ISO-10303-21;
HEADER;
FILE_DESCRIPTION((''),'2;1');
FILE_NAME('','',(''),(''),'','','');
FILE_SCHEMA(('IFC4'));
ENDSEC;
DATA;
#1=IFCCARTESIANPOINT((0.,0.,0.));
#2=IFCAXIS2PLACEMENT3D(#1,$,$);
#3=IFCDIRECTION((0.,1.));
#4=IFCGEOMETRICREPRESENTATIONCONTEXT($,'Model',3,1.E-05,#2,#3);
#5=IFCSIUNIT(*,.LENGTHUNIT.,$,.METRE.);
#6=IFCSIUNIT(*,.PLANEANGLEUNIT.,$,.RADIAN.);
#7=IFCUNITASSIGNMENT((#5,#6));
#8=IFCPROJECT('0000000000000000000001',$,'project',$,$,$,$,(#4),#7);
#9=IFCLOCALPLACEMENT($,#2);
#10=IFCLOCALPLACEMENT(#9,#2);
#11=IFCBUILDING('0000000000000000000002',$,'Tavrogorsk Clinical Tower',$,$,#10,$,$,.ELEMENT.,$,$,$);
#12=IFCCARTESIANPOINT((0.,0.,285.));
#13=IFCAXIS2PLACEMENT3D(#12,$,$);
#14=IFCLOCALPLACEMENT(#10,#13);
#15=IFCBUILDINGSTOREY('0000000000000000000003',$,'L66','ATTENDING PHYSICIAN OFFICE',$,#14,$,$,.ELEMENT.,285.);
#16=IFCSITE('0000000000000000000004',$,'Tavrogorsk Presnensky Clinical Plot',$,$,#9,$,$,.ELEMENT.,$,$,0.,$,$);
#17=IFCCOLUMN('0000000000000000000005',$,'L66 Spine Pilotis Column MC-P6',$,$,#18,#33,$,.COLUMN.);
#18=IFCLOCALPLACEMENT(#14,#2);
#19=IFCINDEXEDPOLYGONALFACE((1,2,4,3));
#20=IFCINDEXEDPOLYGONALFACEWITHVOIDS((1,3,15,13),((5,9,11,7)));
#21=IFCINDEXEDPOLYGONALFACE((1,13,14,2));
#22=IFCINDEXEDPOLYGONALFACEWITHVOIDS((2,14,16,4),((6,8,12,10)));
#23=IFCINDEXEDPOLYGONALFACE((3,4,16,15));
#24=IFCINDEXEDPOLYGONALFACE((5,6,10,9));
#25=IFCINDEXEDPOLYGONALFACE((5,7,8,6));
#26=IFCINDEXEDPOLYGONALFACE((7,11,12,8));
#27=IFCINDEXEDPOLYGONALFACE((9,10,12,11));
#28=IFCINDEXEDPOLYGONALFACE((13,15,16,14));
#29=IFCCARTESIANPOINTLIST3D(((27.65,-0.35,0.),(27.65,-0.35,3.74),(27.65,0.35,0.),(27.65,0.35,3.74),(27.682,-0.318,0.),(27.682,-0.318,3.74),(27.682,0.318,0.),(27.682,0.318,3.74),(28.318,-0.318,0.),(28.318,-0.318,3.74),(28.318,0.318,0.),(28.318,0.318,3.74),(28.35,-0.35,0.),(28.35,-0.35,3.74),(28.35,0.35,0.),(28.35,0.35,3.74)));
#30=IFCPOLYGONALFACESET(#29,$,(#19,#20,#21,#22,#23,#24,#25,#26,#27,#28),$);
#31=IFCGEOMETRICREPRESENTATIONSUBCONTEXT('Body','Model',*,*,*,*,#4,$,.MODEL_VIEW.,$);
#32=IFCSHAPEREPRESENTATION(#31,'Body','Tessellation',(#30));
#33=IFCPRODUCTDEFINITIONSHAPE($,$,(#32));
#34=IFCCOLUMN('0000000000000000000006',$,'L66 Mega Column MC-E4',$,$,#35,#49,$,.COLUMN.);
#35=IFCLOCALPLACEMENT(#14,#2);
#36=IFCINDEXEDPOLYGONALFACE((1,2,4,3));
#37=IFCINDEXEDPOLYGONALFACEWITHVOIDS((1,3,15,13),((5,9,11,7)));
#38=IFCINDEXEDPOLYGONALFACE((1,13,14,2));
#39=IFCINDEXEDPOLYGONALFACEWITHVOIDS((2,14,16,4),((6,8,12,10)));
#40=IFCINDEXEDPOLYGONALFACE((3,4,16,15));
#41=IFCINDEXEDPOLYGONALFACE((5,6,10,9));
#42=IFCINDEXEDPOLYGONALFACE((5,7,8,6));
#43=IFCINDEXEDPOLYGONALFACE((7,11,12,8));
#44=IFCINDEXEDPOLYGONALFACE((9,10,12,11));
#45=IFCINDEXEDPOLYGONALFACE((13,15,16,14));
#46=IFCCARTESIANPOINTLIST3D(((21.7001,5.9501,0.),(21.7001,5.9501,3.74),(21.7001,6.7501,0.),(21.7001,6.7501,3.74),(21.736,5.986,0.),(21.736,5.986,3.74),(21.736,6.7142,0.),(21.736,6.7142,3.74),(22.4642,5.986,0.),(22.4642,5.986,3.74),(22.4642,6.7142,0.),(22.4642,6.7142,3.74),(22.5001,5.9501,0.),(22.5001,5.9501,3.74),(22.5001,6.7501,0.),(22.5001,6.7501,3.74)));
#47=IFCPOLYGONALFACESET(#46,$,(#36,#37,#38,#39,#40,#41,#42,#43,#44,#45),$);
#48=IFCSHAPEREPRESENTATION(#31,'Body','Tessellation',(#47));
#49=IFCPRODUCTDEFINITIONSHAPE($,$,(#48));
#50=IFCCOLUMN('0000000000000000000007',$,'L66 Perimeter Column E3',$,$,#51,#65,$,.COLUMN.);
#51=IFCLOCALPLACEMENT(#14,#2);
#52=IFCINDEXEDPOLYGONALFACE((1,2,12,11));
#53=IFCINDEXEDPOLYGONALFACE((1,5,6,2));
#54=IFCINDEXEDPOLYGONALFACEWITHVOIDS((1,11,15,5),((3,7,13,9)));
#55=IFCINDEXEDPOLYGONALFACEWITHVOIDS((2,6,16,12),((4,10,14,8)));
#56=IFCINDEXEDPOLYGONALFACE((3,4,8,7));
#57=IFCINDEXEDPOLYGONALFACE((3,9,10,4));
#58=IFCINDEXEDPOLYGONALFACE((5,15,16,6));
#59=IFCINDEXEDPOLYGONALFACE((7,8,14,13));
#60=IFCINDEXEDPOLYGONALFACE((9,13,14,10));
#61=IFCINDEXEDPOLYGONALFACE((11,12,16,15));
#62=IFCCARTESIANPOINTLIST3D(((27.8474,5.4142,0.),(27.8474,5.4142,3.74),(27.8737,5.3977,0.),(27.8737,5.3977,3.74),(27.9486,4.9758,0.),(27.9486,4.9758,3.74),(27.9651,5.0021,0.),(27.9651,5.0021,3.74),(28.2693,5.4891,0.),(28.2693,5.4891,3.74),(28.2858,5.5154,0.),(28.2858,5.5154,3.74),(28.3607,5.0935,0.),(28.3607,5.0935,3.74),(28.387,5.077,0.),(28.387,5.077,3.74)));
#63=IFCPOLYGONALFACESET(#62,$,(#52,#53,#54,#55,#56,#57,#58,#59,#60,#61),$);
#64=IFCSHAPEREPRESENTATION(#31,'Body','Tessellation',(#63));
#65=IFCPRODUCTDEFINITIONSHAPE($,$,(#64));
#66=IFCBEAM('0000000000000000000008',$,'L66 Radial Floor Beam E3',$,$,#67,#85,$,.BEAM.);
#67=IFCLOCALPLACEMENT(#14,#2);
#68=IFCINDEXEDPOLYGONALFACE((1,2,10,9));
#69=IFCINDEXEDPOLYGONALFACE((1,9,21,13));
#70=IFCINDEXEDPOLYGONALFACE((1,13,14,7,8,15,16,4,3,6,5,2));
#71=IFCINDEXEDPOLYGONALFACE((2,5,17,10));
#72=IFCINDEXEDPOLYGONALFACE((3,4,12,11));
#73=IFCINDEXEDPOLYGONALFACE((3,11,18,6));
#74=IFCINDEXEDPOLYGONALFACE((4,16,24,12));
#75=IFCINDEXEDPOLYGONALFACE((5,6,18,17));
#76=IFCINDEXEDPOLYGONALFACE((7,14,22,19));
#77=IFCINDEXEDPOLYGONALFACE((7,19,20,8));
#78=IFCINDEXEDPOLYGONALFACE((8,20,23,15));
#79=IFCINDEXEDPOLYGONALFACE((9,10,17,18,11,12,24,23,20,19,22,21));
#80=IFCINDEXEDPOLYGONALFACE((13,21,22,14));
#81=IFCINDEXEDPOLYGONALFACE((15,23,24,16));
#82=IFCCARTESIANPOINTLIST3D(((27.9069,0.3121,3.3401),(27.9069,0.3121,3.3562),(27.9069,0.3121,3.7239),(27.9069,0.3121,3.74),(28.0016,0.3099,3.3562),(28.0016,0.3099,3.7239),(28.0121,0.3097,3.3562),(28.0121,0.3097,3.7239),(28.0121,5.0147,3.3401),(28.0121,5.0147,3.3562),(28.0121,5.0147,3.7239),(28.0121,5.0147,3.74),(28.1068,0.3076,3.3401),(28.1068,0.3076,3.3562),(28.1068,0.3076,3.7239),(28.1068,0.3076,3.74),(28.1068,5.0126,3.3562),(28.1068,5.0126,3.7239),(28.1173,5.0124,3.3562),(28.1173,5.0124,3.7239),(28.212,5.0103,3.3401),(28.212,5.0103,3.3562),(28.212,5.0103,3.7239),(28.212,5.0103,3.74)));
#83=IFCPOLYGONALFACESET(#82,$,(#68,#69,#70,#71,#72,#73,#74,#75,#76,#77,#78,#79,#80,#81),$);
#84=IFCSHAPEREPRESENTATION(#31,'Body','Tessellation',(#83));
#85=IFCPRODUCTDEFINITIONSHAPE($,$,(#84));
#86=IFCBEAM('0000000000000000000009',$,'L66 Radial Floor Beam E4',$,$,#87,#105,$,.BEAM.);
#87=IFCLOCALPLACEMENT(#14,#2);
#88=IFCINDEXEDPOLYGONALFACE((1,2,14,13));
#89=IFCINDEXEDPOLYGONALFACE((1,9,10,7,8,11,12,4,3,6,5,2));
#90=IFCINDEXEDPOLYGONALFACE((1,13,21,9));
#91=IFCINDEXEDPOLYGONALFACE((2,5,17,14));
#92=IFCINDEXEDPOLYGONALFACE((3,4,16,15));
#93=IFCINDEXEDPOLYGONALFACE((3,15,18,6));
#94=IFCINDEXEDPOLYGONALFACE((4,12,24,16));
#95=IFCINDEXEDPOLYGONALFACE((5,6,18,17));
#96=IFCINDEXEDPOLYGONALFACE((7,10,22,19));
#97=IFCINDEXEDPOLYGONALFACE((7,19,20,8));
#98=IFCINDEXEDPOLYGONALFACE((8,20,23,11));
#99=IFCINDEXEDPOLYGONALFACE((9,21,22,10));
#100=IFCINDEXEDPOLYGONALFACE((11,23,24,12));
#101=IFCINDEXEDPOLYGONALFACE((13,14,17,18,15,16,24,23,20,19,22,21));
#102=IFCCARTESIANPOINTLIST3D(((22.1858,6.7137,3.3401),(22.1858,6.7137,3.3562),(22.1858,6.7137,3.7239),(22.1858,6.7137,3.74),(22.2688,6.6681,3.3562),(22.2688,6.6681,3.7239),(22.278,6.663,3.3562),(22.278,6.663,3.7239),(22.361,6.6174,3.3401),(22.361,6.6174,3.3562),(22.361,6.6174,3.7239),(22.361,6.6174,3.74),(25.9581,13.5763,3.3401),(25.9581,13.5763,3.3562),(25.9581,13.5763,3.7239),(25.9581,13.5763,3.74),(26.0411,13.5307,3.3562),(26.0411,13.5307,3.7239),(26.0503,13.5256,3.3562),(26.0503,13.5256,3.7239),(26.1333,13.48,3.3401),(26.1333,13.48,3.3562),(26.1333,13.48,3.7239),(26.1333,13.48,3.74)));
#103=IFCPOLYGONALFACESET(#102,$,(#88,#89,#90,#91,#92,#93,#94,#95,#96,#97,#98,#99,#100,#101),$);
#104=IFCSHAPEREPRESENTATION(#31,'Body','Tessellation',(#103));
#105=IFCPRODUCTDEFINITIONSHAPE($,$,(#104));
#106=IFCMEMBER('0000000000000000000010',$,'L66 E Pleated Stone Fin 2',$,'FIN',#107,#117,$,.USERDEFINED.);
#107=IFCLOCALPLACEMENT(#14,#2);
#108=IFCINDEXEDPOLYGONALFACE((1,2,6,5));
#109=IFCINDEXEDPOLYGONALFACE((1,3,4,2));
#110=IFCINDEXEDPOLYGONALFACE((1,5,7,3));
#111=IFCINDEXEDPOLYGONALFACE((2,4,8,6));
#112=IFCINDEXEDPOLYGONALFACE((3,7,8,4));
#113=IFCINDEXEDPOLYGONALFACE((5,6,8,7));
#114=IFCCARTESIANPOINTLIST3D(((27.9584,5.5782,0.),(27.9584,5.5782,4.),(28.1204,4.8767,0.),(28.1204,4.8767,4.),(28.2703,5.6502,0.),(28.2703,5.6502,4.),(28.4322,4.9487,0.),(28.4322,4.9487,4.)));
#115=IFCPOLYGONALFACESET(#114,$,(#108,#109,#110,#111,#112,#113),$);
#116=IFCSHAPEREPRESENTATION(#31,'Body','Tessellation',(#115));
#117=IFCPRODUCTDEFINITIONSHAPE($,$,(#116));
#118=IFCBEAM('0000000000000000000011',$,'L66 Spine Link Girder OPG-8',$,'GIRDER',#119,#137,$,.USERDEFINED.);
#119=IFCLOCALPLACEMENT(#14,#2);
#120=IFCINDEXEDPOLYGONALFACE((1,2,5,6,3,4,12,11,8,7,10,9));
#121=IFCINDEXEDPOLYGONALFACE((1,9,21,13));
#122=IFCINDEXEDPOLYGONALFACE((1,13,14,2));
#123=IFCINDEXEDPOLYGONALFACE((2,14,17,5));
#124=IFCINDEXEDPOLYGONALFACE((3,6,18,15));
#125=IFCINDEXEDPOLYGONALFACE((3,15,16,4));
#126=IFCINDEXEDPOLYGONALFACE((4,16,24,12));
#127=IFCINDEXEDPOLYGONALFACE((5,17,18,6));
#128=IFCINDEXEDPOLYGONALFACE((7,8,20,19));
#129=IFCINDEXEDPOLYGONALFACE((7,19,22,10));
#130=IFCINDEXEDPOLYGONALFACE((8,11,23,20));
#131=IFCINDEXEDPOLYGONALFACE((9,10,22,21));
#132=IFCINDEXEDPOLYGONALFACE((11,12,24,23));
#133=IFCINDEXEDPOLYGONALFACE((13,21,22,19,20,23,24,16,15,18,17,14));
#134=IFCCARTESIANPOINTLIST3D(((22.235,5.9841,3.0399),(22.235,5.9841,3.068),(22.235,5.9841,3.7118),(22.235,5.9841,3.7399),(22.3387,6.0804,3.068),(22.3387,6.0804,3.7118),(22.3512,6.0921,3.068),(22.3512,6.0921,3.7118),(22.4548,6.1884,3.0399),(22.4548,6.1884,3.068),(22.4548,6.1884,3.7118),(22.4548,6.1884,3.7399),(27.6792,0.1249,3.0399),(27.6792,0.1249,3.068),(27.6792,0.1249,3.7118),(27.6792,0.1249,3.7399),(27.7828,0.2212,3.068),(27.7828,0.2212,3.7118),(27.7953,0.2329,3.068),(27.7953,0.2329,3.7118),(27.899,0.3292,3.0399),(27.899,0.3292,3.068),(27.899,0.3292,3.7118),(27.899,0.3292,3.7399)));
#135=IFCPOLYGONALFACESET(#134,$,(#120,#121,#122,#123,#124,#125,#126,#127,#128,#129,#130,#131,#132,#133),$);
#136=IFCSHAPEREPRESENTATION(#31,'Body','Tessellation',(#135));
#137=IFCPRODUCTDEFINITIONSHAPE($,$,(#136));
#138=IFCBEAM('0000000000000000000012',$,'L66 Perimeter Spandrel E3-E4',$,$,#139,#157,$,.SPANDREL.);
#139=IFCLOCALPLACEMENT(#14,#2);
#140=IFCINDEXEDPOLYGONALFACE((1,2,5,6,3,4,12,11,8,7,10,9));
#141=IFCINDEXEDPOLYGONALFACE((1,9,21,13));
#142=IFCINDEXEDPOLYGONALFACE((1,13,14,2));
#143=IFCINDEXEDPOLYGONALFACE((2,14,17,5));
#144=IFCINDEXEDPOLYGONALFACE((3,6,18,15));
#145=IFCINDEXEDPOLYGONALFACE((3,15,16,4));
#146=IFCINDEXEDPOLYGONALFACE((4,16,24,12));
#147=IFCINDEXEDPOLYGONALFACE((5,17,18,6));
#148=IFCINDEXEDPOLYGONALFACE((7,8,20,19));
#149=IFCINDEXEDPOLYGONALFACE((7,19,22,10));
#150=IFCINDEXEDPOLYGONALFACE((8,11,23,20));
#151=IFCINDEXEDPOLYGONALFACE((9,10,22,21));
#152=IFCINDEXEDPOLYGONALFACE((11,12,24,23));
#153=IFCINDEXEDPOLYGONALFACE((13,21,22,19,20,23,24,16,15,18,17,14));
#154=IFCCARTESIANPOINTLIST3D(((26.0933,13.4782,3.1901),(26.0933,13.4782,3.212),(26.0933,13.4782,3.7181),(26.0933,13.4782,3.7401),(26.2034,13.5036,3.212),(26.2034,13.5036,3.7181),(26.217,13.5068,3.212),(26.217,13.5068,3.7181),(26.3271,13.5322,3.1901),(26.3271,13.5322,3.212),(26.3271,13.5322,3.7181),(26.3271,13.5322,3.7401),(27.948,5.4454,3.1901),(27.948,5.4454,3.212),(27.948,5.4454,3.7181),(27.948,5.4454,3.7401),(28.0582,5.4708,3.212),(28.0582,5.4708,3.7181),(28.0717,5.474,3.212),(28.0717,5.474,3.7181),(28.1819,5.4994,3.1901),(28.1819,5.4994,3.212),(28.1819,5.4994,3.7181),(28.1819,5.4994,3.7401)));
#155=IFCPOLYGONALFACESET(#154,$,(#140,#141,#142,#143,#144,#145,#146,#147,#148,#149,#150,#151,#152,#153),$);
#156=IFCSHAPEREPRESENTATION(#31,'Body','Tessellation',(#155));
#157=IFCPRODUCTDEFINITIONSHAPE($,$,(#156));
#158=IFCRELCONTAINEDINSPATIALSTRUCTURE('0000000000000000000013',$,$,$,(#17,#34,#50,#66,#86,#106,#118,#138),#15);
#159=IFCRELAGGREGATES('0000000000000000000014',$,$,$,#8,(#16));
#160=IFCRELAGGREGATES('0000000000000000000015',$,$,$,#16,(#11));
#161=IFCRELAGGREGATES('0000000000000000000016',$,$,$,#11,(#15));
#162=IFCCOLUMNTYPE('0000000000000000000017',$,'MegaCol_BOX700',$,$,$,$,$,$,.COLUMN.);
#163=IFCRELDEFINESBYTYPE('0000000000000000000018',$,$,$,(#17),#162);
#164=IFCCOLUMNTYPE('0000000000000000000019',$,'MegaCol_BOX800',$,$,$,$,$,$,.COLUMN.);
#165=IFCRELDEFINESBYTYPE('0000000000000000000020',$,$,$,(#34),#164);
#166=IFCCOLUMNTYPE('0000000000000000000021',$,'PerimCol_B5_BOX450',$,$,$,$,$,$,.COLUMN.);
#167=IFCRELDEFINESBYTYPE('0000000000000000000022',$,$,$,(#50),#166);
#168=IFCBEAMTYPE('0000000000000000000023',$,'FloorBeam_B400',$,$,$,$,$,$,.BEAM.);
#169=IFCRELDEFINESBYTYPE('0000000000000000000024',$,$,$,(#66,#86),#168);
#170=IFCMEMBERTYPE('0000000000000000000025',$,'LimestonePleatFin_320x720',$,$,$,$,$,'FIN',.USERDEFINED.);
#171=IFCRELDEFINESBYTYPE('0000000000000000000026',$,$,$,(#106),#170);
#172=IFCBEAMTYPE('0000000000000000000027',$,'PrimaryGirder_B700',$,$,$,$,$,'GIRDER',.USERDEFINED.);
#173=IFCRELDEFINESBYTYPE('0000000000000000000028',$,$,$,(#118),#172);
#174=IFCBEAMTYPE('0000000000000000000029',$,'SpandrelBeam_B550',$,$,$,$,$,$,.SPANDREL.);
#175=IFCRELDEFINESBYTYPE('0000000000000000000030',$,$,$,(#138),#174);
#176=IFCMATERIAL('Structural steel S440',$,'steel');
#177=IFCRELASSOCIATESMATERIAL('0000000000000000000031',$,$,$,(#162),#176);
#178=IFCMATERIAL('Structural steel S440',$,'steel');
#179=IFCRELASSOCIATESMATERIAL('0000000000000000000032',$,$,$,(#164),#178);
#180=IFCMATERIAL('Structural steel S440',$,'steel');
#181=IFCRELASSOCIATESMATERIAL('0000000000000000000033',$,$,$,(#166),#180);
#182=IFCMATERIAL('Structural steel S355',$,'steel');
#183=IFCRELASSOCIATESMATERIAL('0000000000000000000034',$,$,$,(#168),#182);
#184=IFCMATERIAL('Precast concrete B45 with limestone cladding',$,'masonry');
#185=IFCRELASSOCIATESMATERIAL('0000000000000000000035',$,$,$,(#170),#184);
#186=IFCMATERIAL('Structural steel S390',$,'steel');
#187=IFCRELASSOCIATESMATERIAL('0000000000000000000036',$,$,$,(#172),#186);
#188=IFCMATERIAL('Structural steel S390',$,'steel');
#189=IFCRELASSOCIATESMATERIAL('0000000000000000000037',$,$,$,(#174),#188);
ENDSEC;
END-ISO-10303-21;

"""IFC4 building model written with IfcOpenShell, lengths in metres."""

from ifc_helpers import new_model, si_unit, direction, frame, origin, origin_2d, place, context, subcontext, project, spatial, rectangle, hollow_rectangle, i_section, extrude, material, material_profile, profile_set, type_object, element, save


model = new_model("IFC4")

# Units and contexts
model_context = context("Model", 3, precision=1e-05, world=origin(), true_north=direction((0.0, 1.0)))
body_context = subcontext(model_context, "Body", "Model", "MODEL_VIEW")
ifc_project = project(units=[si_unit("LENGTHUNIT", "METRE"), si_unit("PLANEANGLEUNIT", "RADIAN")], contexts=[model_context])

# Site, building, storey
site_placement = place(None, origin())
site = spatial("IfcSite", under=ifc_project, at=site_placement, Name="Tavrogorsk Presnensky Clinical Plot", CompositionType="ELEMENT", RefElevation=0.0)
building_placement = place(site_placement, origin())
building = spatial("IfcBuilding", under=site, at=building_placement, Name="Tavrogorsk Clinical Tower", CompositionType="ELEMENT")
storey_placement = place(building_placement, frame((0.0, 0.0, 285.0)))
storey = spatial("IfcBuildingStorey", under=building, at=storey_placement, Name="L66", Description="ATTENDING PHYSICIAN OFFICE", CompositionType="ELEMENT", Elevation=285.0)

# Columns
ifc_material_1 = material(Name="Structural steel S440", Category="steel")
ifc_material_profile_1 = material_profile(ifc_material_1, hollow_rectangle(XDim=0.7, YDim=0.7, WallThickness=0.032, at=origin_2d()), Name="BOX-700x700x32")
ifc_profile_set_1 = profile_set([ifc_material_profile_1], Name="Structural steel S440")
column_type_1 = type_object("IfcColumnType", Name="MegaCol_BOX700", PredefinedType="COLUMN", material=ifc_profile_set_1)
column_1_placement = place(storey_placement, frame((28.0, 0.0, 0.0), z_axis=(0.0, 0.0, 1.0), x_axis=(1.0, 0.0, 0.0)))
element("IfcColumn", 1, at=column_1_placement, inside=storey, type_object=column_type_1, Name="L66 Spine Pilotis Column MC-P6", PredefinedType="COLUMN", context=body_context, shape_type="SweptSolid", body=[
    extrude(hollow_rectangle(XDim=0.7, YDim=0.7, WallThickness=0.032, at=origin_2d()), origin(), (0.0, 0.0, 1.0), 3.74),
])
ifc_material_2 = material(Name="Structural steel S440", Category="steel")
ifc_material_profile_2 = material_profile(ifc_material_2, hollow_rectangle(XDim=0.8, YDim=0.8, WallThickness=0.0359, at=origin_2d()), Name="BOX-800x800x36")
ifc_profile_set_2 = profile_set([ifc_material_profile_2], Name="Structural steel S440")
column_type_2 = type_object("IfcColumnType", Name="MegaCol_BOX800", PredefinedType="COLUMN", material=ifc_profile_set_2)
column_2_placement = place(storey_placement, frame((22.1001, 6.3501, 0.0), z_axis=(0.0, 0.0, 1.0), x_axis=(1.0, 0.0, 0.0)))
element("IfcColumn", 2, at=column_2_placement, inside=storey, type_object=column_type_2, Name="L66 Mega Column MC-E4", PredefinedType="COLUMN", context=body_context, shape_type="SweptSolid", body=[
    extrude(hollow_rectangle(XDim=0.8, YDim=0.8, WallThickness=0.0359, at=origin_2d()), origin(), (0.0, 0.0, 1.0), 3.74),
])
ifc_material_3 = material(Name="Structural steel S440", Category="steel")
ifc_material_profile_3 = material_profile(ifc_material_3, hollow_rectangle(XDim=0.45, YDim=0.45, WallThickness=0.022, at=origin_2d()), Name="BOX-450x450x22")
ifc_profile_set_3 = profile_set([ifc_material_profile_3], Name="Structural steel S440")
column_type_3 = type_object("IfcColumnType", Name="PerimCol_B5_BOX450", PredefinedType="COLUMN", material=ifc_profile_set_3)
column_3_placement = place(storey_placement, frame((28.1172, 5.2456, 0.0), z_axis=(0.0, 0.0, 1.0), x_axis=(0.97437, 0.224951, 0.0)))
element("IfcColumn", 3, at=column_3_placement, inside=storey, type_object=column_type_3, Name="L66 Perimeter Column E3", PredefinedType="COLUMN", context=body_context, shape_type="SweptSolid", body=[
    extrude(hollow_rectangle(XDim=0.45, YDim=0.45, WallThickness=0.022, at=origin_2d()), origin(), (0.0, 0.0, 1.0), 3.74),
])

# Beams
ifc_material_4 = material(Name="Structural steel S355", Category="steel")
ifc_material_profile_4 = material_profile(ifc_material_4, i_section(OverallWidth=0.2, OverallDepth=0.3999, WebThickness=0.0105, FlangeThickness=0.0161, at=origin_2d()), Name="B-400x200x10.5x16")
ifc_profile_set_4 = profile_set([ifc_material_profile_4], Name="Structural steel S355")
beam_type_1 = type_object("IfcBeamType", Name="FloorBeam_B400", PredefinedType="BEAM", material=ifc_profile_set_4)
beam_1_placement = place(storey_placement, frame((28.0068, 0.3098, 3.54), z_axis=(0.02237, 0.99975, 0.0), x_axis=(-0.99975, 0.02237, 0.0)))
element("IfcBeam", 4, at=beam_1_placement, inside=storey, type_object=beam_type_1, Name="L66 Radial Floor Beam E3", PredefinedType="BEAM", context=body_context, shape_type="SweptSolid", body=[
    extrude(i_section(OverallWidth=0.2, OverallDepth=0.3999, WebThickness=0.0105, FlangeThickness=0.0161, at=origin_2d()), origin(), (0.0, 0.0, 1.0), 4.7039),
])
beam_2_placement = place(storey_placement, frame((22.2734, 6.6655, 3.54), z_axis=(0.481705, 0.876334, 0.0), x_axis=(-0.876334, 0.481705, 0.0)))
element("IfcBeam", 5, at=beam_2_placement, inside=storey, type_object=beam_type_1, Name="L66 Radial Floor Beam E4", PredefinedType="BEAM", context=body_context, shape_type="SweptSolid", body=[
    extrude(i_section(OverallWidth=0.2, OverallDepth=0.3999, WebThickness=0.0105, FlangeThickness=0.0161, at=origin_2d()), origin(), (0.0, 0.0, 1.0), 7.8311),
])

# Member
ifc_material_5 = material(Name="Precast concrete B45 with limestone cladding", Category="masonry")
ifc_material_profile_5 = material_profile(ifc_material_5, rectangle(XDim=0.3201, YDim=0.72, at=origin_2d()), Name="LIMESTONE-FIN-320x720")
ifc_profile_set_5 = profile_set([ifc_material_profile_5], Name="Precast concrete B45 with limestone cladding")
member_type = type_object("IfcMemberType", Name="LimestonePleatFin_320x720", ElementType="FIN", PredefinedType="USERDEFINED", material=ifc_profile_set_5)
member_placement = place(storey_placement, frame((28.1953, 5.2634, 0.0), z_axis=(0.0, 0.0, 1.0), x_axis=(0.97437, 0.224951, 0.0)))
element("IfcMember", 6, at=member_placement, inside=storey, type_object=member_type, Name="L66 E Pleated Stone Fin 2", ObjectType="FIN", PredefinedType="USERDEFINED", context=body_context, shape_type="SweptSolid", body=[
    extrude(rectangle(XDim=0.3201, YDim=0.72, at=origin_2d()), origin(), (0.0, 0.0, 1.0), 4.0),
])

# Beams
ifc_material_6 = material(Name="Structural steel S390", Category="steel")
ifc_material_profile_6 = material_profile(ifc_material_6, i_section(OverallWidth=0.3, OverallDepth=0.7, WebThickness=0.0171, FlangeThickness=0.0281, at=origin_2d()), Name="B-700x300x17x28")
ifc_profile_set_6 = profile_set([ifc_material_profile_6], Name="Structural steel S390")
beam_type_2 = type_object("IfcBeamType", Name="PrimaryGirder_B700", ElementType="GIRDER", PredefinedType="USERDEFINED", material=ifc_profile_set_6)
beam_3_placement = place(storey_placement, frame((27.7891, 0.2271, 3.3899), z_axis=(-0.680684, 0.732577, 0.0), x_axis=(-0.732577, -0.680684, 0.0)))
element("IfcBeam", 7, at=beam_3_placement, inside=storey, type_object=beam_type_2, Name="L66 Spine Link Girder OPG-8", ObjectType="GIRDER", PredefinedType="USERDEFINED", context=body_context, shape_type="SweptSolid", body=[
    extrude(i_section(OverallWidth=0.3, OverallDepth=0.7, WebThickness=0.0171, FlangeThickness=0.0281, at=origin_2d()), origin(), (0.0, 0.0, 1.0), 7.998),
])
ifc_material_7 = material(Name="Structural steel S390", Category="steel")
ifc_material_profile_7 = material_profile(ifc_material_7, i_section(OverallWidth=0.24, OverallDepth=0.55, WebThickness=0.0139, FlangeThickness=0.022, at=origin_2d()), Name="B-550x240x14x22")
ifc_profile_set_7 = profile_set([ifc_material_profile_7], Name="Structural steel S390")
beam_type_3 = type_object("IfcBeamType", Name="SpandrelBeam_B550", PredefinedType="SPANDREL", material=ifc_profile_set_7)
beam_4_placement = place(storey_placement, frame((28.0649, 5.4724, 3.4651), z_axis=(-0.224978, 0.974364, 0.0), x_axis=(-0.974364, -0.224978, 0.0)))
element("IfcBeam", 8, at=beam_4_placement, inside=storey, type_object=beam_type_3, Name="L66 Perimeter Spandrel E3-E4", PredefinedType="SPANDREL", context=body_context, shape_type="SweptSolid", body=[
    extrude(i_section(OverallWidth=0.24, OverallDepth=0.55, WebThickness=0.0139, FlangeThickness=0.022, at=origin_2d()), origin(), (0.0, 0.0, 1.0), 8.2441),
])

save(model, "model.ifc")
